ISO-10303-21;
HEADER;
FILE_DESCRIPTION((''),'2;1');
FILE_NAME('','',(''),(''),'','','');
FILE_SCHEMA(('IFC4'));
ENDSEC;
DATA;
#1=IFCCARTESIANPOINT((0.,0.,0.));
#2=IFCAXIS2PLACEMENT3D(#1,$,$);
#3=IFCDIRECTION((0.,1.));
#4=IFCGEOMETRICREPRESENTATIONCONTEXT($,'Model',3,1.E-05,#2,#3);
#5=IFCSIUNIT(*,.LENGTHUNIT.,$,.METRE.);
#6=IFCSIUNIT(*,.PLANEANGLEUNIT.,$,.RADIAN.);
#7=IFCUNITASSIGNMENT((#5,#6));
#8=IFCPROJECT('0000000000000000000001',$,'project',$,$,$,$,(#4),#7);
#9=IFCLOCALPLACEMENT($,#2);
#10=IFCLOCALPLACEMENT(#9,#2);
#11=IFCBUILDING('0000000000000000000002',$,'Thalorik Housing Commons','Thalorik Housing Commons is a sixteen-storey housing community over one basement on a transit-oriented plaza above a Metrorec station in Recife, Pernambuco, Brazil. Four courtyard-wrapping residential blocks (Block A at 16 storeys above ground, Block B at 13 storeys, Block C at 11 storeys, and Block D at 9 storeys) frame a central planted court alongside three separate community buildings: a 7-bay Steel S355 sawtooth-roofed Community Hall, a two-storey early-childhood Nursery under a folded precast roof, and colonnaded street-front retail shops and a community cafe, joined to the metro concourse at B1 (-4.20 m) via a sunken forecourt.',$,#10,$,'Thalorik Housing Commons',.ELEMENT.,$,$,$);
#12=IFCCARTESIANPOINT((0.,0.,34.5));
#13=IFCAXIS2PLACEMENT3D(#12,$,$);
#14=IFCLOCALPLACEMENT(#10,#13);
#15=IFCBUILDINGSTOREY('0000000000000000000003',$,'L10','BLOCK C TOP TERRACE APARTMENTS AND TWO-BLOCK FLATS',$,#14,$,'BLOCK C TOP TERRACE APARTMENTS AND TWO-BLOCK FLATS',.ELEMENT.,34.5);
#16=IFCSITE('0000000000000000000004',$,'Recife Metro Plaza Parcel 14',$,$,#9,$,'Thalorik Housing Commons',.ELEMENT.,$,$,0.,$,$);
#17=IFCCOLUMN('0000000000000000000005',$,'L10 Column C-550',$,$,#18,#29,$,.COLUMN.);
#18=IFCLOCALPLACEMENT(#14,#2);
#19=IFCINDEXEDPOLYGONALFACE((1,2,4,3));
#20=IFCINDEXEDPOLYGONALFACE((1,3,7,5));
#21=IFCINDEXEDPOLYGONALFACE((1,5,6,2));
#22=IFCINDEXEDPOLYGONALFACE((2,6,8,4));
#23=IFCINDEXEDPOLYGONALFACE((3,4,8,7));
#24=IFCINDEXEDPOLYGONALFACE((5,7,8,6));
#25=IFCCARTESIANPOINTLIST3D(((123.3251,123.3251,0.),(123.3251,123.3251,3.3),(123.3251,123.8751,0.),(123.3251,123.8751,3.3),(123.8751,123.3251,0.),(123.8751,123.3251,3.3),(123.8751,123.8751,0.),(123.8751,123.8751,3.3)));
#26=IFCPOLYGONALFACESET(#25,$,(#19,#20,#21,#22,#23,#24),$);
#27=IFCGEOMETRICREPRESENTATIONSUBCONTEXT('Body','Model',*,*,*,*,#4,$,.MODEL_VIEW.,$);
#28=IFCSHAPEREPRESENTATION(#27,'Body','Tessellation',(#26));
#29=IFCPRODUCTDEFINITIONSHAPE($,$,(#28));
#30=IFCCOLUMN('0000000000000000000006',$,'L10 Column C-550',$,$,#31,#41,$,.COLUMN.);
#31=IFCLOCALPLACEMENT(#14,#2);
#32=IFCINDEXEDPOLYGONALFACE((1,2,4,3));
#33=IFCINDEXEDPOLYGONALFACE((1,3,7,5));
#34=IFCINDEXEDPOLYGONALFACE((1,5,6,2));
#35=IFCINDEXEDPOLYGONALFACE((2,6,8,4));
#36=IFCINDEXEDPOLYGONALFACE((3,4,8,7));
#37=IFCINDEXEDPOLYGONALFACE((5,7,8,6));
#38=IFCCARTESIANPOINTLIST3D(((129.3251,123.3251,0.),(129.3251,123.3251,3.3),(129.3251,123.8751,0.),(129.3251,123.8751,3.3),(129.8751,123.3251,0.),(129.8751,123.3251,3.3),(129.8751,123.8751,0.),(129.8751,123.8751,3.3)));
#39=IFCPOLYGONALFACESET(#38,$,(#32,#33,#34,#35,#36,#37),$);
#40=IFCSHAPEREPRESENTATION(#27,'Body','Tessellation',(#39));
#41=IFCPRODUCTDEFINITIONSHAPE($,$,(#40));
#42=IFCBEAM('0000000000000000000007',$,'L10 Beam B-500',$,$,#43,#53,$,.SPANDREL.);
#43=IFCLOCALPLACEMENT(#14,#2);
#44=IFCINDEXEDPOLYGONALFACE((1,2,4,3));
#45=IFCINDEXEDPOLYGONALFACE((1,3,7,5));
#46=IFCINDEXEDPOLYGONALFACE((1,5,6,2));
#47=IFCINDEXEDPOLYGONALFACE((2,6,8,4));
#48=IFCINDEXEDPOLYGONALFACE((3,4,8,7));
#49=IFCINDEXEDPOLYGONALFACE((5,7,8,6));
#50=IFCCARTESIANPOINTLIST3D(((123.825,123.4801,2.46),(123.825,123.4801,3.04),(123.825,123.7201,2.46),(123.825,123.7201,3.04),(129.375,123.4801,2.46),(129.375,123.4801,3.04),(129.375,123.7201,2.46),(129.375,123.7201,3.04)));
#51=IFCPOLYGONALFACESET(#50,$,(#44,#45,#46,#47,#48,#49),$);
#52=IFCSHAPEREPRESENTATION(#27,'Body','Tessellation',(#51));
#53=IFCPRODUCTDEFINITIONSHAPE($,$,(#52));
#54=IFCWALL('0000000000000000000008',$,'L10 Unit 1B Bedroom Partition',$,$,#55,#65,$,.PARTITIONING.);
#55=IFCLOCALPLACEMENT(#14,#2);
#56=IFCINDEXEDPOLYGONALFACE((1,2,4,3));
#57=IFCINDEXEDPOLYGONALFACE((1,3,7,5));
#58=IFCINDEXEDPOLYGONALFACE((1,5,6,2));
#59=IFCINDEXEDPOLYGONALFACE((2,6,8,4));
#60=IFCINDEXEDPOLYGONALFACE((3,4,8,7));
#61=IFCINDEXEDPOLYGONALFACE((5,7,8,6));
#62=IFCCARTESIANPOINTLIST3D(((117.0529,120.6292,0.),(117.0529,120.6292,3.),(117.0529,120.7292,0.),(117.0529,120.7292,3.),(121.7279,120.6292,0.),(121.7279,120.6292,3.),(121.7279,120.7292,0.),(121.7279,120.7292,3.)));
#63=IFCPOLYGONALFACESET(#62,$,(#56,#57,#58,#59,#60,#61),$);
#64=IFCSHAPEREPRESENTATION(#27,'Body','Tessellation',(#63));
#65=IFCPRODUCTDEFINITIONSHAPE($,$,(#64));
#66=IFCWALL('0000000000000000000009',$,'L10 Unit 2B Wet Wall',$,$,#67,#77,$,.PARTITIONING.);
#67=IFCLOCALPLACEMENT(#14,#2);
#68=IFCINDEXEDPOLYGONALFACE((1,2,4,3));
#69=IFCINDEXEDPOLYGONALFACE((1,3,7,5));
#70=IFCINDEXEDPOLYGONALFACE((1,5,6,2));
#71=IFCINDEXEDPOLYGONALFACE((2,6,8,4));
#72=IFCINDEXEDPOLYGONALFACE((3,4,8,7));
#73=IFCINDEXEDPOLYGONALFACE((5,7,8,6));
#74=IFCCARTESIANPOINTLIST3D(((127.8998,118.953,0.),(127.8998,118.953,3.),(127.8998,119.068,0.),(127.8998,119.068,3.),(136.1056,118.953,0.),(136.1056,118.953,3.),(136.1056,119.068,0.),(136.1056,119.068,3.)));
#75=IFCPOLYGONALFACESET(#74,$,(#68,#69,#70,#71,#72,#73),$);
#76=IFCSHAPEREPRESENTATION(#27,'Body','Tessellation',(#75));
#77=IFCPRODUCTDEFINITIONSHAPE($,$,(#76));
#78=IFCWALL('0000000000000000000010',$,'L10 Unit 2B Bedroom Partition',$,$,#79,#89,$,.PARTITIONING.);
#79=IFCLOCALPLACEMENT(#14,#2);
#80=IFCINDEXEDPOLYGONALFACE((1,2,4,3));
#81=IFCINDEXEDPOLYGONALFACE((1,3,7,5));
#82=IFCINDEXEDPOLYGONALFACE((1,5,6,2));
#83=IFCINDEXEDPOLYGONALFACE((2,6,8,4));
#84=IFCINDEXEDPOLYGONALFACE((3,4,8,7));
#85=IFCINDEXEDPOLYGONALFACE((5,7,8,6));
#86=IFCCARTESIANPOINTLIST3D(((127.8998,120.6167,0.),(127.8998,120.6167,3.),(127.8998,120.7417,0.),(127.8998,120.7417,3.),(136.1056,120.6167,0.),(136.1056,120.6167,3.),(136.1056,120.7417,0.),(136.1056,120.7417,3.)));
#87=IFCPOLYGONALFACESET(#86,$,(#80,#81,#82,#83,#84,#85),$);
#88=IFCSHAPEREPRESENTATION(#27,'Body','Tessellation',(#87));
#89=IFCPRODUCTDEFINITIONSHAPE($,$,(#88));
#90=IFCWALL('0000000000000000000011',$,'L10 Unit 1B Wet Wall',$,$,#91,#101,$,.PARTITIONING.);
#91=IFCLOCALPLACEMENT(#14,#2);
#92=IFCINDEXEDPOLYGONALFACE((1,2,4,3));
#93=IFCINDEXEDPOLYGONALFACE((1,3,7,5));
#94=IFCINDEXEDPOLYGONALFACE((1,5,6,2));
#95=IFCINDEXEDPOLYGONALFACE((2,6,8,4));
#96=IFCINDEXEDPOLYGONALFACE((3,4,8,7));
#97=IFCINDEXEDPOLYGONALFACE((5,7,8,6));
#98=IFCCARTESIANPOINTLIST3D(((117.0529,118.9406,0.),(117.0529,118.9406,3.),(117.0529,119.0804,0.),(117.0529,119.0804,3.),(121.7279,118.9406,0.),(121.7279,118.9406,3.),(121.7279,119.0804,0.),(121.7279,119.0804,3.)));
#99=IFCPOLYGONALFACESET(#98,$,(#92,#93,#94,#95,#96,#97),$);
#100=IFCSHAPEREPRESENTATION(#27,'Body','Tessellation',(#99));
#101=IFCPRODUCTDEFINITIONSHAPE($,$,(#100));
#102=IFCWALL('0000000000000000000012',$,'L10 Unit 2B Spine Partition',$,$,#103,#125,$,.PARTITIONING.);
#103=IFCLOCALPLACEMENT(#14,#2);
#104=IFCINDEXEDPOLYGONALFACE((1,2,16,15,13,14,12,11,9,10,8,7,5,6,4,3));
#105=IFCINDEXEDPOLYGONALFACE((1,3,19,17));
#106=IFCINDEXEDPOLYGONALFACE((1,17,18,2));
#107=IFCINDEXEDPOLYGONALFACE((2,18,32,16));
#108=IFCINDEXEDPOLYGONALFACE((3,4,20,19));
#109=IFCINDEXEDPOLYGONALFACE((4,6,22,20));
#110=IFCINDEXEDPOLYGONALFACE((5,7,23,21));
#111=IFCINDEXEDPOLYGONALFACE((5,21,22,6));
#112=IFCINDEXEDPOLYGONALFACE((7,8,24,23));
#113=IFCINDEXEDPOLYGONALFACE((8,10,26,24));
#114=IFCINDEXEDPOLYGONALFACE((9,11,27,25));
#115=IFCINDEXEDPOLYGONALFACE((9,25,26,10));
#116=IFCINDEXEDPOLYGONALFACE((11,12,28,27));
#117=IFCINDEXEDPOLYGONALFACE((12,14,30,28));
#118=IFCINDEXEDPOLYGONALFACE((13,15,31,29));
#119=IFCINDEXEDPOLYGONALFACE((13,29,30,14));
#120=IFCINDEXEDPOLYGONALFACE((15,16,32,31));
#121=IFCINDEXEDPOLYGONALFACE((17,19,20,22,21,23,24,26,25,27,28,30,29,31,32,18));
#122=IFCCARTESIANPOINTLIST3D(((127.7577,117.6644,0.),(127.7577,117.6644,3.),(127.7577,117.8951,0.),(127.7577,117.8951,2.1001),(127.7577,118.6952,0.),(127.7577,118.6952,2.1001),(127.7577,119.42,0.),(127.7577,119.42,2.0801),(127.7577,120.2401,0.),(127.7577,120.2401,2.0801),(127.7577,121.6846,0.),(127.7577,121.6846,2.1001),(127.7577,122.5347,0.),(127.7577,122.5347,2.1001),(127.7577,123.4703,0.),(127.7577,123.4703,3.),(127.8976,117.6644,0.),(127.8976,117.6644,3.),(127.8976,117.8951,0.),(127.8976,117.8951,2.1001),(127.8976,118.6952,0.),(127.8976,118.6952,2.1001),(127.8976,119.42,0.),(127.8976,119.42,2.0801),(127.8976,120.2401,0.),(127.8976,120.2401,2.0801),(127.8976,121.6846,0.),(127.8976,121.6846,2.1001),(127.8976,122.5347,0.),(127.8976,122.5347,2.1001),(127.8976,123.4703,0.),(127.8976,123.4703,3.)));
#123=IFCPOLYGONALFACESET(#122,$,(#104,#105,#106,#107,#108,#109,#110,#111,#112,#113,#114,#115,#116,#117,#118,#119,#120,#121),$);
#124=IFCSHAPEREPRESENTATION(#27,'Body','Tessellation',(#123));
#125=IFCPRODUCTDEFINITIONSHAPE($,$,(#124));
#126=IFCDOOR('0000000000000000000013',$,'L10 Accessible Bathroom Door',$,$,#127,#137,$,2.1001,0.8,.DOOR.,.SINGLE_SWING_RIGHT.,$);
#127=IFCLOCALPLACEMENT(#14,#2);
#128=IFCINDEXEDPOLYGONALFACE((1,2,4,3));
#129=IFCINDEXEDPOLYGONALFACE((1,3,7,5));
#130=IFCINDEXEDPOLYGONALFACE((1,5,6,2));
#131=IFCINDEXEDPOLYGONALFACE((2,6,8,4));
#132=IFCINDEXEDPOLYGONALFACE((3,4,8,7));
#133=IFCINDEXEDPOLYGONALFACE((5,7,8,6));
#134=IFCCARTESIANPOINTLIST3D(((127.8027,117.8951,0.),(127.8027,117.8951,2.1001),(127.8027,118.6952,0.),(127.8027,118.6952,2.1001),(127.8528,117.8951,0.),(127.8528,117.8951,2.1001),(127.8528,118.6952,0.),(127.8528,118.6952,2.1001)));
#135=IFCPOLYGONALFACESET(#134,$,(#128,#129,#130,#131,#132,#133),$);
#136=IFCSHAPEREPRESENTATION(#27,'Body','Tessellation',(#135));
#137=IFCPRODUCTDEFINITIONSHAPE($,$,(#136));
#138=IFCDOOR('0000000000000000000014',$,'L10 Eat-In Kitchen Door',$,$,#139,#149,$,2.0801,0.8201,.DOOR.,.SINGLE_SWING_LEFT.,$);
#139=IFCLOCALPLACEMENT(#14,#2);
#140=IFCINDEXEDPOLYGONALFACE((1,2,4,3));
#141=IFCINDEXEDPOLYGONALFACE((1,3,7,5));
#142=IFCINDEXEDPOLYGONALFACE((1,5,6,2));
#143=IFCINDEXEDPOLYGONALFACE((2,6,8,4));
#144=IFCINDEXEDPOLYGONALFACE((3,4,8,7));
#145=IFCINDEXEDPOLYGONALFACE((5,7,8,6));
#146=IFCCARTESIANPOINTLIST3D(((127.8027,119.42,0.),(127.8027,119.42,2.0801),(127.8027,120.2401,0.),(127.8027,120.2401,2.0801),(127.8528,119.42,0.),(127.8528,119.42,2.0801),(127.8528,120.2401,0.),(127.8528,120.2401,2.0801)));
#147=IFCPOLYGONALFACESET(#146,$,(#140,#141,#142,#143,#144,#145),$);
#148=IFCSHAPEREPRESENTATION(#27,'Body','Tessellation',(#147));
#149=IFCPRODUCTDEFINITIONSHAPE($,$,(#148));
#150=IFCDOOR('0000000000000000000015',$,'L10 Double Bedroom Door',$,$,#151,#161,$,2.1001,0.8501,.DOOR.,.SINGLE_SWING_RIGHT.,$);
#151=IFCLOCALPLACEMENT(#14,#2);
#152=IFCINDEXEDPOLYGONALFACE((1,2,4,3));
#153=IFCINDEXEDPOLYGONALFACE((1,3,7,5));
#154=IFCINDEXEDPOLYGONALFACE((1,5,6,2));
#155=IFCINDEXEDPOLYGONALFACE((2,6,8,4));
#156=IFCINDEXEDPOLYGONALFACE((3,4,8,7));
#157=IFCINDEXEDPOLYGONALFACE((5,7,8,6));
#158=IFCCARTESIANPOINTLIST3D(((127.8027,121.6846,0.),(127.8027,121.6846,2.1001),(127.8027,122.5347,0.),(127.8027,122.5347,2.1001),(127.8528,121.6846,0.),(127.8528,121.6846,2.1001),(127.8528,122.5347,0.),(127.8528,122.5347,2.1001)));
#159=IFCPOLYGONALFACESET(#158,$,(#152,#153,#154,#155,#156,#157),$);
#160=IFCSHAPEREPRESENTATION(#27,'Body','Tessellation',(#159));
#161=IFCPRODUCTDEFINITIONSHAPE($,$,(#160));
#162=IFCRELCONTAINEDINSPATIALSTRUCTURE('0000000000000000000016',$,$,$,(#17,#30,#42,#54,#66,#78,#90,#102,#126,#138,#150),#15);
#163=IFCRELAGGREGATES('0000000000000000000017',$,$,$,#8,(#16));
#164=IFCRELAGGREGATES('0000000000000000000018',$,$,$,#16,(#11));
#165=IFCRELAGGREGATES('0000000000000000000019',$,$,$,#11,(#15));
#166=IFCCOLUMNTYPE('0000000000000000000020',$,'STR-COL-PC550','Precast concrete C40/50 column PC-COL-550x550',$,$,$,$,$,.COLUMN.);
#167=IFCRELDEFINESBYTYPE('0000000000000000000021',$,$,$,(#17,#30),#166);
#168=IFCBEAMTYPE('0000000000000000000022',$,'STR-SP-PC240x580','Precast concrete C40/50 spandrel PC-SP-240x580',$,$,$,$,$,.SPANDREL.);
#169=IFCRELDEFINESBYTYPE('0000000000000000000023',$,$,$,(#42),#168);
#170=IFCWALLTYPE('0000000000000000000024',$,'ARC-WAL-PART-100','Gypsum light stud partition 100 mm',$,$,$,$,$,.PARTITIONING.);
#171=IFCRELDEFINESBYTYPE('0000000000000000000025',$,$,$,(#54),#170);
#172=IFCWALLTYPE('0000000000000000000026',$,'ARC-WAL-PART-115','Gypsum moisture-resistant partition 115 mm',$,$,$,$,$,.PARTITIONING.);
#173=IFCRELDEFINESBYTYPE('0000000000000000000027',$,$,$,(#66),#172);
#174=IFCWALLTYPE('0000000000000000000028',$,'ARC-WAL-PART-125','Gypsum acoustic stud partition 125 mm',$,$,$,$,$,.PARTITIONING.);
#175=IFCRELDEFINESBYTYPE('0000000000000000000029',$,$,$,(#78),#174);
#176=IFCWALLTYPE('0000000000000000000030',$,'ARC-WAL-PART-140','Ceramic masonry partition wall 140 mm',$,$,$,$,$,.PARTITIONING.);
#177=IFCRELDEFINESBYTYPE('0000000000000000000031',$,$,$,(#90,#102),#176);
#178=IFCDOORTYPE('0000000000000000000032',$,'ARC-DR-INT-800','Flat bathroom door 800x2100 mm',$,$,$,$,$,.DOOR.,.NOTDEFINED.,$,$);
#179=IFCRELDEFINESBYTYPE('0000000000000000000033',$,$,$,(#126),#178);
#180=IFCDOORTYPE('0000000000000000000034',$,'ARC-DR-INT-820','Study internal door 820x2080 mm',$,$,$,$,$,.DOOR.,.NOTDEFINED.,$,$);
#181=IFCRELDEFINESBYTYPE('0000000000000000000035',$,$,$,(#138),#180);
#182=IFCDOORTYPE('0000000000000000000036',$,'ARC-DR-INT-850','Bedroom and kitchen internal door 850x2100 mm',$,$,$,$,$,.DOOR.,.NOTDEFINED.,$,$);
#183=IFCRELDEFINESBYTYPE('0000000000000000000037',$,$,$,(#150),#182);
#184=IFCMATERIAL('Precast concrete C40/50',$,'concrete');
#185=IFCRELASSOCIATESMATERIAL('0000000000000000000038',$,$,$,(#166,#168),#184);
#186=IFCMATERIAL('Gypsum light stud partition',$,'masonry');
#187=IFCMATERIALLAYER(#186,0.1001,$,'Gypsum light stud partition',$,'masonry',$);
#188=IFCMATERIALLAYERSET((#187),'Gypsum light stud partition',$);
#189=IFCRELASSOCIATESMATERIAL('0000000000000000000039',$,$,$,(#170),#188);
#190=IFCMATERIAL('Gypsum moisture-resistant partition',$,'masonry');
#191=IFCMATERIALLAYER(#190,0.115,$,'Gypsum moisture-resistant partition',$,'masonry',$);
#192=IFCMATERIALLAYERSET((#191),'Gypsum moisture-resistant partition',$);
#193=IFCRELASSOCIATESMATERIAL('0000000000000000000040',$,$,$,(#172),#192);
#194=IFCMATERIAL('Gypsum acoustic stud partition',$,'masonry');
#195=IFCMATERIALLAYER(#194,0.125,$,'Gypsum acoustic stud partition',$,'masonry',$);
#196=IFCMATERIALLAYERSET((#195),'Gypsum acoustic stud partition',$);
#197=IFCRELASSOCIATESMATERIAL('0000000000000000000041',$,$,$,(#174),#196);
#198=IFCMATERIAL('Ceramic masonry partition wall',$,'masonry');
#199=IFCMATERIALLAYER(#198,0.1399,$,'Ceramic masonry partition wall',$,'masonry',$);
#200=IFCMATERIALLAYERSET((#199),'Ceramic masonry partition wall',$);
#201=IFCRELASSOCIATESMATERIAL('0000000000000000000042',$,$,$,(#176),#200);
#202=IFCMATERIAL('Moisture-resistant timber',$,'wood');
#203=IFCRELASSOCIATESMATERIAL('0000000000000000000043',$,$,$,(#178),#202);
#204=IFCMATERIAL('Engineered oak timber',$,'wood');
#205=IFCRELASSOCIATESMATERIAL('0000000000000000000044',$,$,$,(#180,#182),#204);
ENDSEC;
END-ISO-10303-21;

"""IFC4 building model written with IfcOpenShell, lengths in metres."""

from ifc_helpers import new_model, si_unit, direction, frame, frame_2d, origin, origin_2d, place, context, subcontext, project, spatial, rectangle, extrude, material, layer, layer_set, material_profile, profile_set, type_object, element, fill, save


model = new_model("IFC4")

# Units and contexts
model_context = context("Model", 3, precision=1e-05, world=origin(), true_north=direction((0.0, 1.0)))
body_context = subcontext(model_context, "Body", "Model", "MODEL_VIEW")
ifc_project = project(units=[si_unit("LENGTHUNIT", "METRE"), si_unit("PLANEANGLEUNIT", "RADIAN")], contexts=[model_context])

# Site, building, storey
site_placement = place(None, origin())
site = spatial("IfcSite", under=ifc_project, at=site_placement, Name="Recife Metro Plaza Parcel 14", LongName="Thalorik Housing Commons", CompositionType="ELEMENT", RefElevation=0.0)
building_placement = place(site_placement, origin())
building = spatial("IfcBuilding", under=site, at=building_placement, Name="Thalorik Housing Commons", Description="Thalorik Housing Commons is a sixteen-storey housing community over one basement on a transit-oriented plaza above a Metrorec station in Recife, Pernambuco, Brazil. Four courtyard-wrapping residential blocks (Block A at 16 storeys above ground, Block B at 13 storeys, Block C at 11 storeys, and Block D at 9 storeys) frame a central planted court alongside three separate community buildings: a 7-bay Steel S355 sawtooth-roofed Community Hall, a two-storey early-childhood Nursery under a folded precast roof, and colonnaded street-front retail shops and a community cafe, joined to the metro concourse at B1 (-4.20 m) via a sunken forecourt.", LongName="Thalorik Housing Commons", CompositionType="ELEMENT")
storey_placement = place(building_placement, frame((0.0, 0.0, 34.5)))
storey = spatial("IfcBuildingStorey", under=building, at=storey_placement, Name="L10", Description="BLOCK C TOP TERRACE APARTMENTS AND TWO-BLOCK FLATS", LongName="BLOCK C TOP TERRACE APARTMENTS AND TWO-BLOCK FLATS", CompositionType="ELEMENT", Elevation=34.5)

# Columns
ifc_material_1 = material(Name="Precast concrete C40/50", Category="concrete")
ifc_material_profile_1 = material_profile(ifc_material_1, rectangle(XDim=0.55, YDim=0.55, at=origin_2d()), Name="PC 550x550", Category="concrete")
ifc_profile_set_1 = profile_set([ifc_material_profile_1], Name="Precast concrete C40/50")
column_type = type_object("IfcColumnType", Name="STR-COL-PC550", Description="Precast concrete C40/50 column PC-COL-550x550", PredefinedType="COLUMN", material=ifc_profile_set_1)
for number, where, z_axis, x_axis, name in (
    (1, (123.6001, 123.6001, 0.0), (0.0, 0.0, 1.0), (1.0, 0.0, 0.0), "L10 Column C-550"),
    (2, (129.6001, 123.6001, 0.0), (0.0, 0.0, 1.0), (1.0, 0.0, 0.0), "L10 Column C-550"),
):
    element("IfcColumn", number, at=place(storey_placement, frame(where, z_axis=z_axis, x_axis=x_axis)), inside=storey, type_object=column_type, Name=name, PredefinedType="COLUMN", context=body_context, shape_type="SweptSolid", body=[
        extrude(rectangle(XDim=0.55, YDim=0.55, at=origin_2d()), origin(), (0.0, 0.0, 1.0), 3.3),
    ])

# Beam
ifc_material_profile_2 = material_profile(ifc_material_1, rectangle(XDim=0.24, YDim=0.5801, at=origin_2d()), Name="PC SP 240x580", Category="concrete")
ifc_profile_set_2 = profile_set([ifc_material_profile_2], Name="Precast concrete C40/50")
beam_type = type_object("IfcBeamType", Name="STR-SP-PC240x580", Description="Precast concrete C40/50 spandrel PC-SP-240x580", PredefinedType="SPANDREL", material=ifc_profile_set_2)
beam_placement = place(storey_placement, frame((123.825, 123.6001, 2.75), z_axis=(1.0, 0.0, 0.0), x_axis=(0.0, 1.0, 0.0)))
element("IfcBeam", 3, at=beam_placement, inside=storey, type_object=beam_type, Name="L10 Beam B-500", PredefinedType="SPANDREL", context=body_context, shape_type="SweptSolid", body=[
    extrude(rectangle(XDim=0.24, YDim=0.5801, at=origin_2d()), origin(), (0.0, 0.0, 1.0), 5.55),
])

# Walls
ifc_material_2 = material(Name="Gypsum light stud partition", Category="masonry")
ifc_layer_1 = layer(ifc_material_2, 0.1001, Name="Gypsum light stud partition", Category="masonry")
ifc_layer_set_1 = layer_set([ifc_layer_1], Name="Gypsum light stud partition")
wall_type_1 = type_object("IfcWallType", Name="ARC-WAL-PART-100", Description="Gypsum light stud partition 100 mm", PredefinedType="PARTITIONING", material=ifc_layer_set_1)
wall_1_placement = place(storey_placement, frame((117.053, 120.6792, 0.0), z_axis=(0.0, 0.0, 1.0), x_axis=(1.0, 0.0, 0.0)))
element("IfcWall", 4, at=wall_1_placement, inside=storey, type_object=wall_type_1, Name="L10 Unit 1B Bedroom Partition", PredefinedType="PARTITIONING", context=body_context, shape_type="SweptSolid", body=[
    extrude(rectangle(XDim=4.675, YDim=0.1001, at=frame_2d((2.3374, 0.0))), origin(), (0.0, 0.0, 1.0), 3.0),
])
ifc_material_3 = material(Name="Gypsum moisture-resistant partition", Category="masonry")
ifc_layer_2 = layer(ifc_material_3, 0.115, Name="Gypsum moisture-resistant partition", Category="masonry")
ifc_layer_set_2 = layer_set([ifc_layer_2], Name="Gypsum moisture-resistant partition")
wall_type_2 = type_object("IfcWallType", Name="ARC-WAL-PART-115", Description="Gypsum moisture-resistant partition 115 mm", PredefinedType="PARTITIONING", material=ifc_layer_set_2)
wall_2_placement = place(storey_placement, frame((127.8997, 119.0105, 0.0), z_axis=(0.0, 0.0, 1.0), x_axis=(1.0, 0.0, 0.0)))
element("IfcWall", 5, at=wall_2_placement, inside=storey, type_object=wall_type_2, Name="L10 Unit 2B Wet Wall", PredefinedType="PARTITIONING", context=body_context, shape_type="SweptSolid", body=[
    extrude(rectangle(XDim=8.2058, YDim=0.115, at=frame_2d((4.103, 0.0))), origin(), (0.0, 0.0, 1.0), 3.0),
])
ifc_material_4 = material(Name="Gypsum acoustic stud partition", Category="masonry")
ifc_layer_3 = layer(ifc_material_4, 0.125, Name="Gypsum acoustic stud partition", Category="masonry")
ifc_layer_set_3 = layer_set([ifc_layer_3], Name="Gypsum acoustic stud partition")
wall_type_3 = type_object("IfcWallType", Name="ARC-WAL-PART-125", Description="Gypsum acoustic stud partition 125 mm", PredefinedType="PARTITIONING", material=ifc_layer_set_3)
wall_3_placement = place(storey_placement, frame((127.8997, 120.6792, 0.0), z_axis=(0.0, 0.0, 1.0), x_axis=(1.0, 0.0, 0.0)))
element("IfcWall", 6, at=wall_3_placement, inside=storey, type_object=wall_type_3, Name="L10 Unit 2B Bedroom Partition", PredefinedType="PARTITIONING", context=body_context, shape_type="SweptSolid", body=[
    extrude(rectangle(XDim=8.2058, YDim=0.125, at=frame_2d((4.103, 0.0))), origin(), (0.0, 0.0, 1.0), 3.0),
])
ifc_material_5 = material(Name="Ceramic masonry partition wall", Category="masonry")
ifc_layer_4 = layer(ifc_material_5, 0.1399, Name="Ceramic masonry partition wall", Category="masonry")
ifc_layer_set_4 = layer_set([ifc_layer_4], Name="Ceramic masonry partition wall")
wall_type_4 = type_object("IfcWallType", Name="ARC-WAL-PART-140", Description="Ceramic masonry partition wall 140 mm", PredefinedType="PARTITIONING", material=ifc_layer_set_4)
wall_4_placement = place(storey_placement, frame((117.053, 119.0105, 0.0), z_axis=(0.0, 0.0, 1.0), x_axis=(1.0, 0.0, 0.0)))
element("IfcWall", 7, at=wall_4_placement, inside=storey, type_object=wall_type_4, Name="L10 Unit 1B Wet Wall", PredefinedType="PARTITIONING", context=body_context, shape_type="SweptSolid", body=[
    extrude(rectangle(XDim=4.675, YDim=0.1399, at=frame_2d((2.3374, 0.0))), origin(), (0.0, 0.0, 1.0), 3.0),
])

# Wall, openings, doors
wall_5_placement = place(storey_placement, frame((127.8276, 117.6646, 0.0), z_axis=(0.0, 0.0, 1.0), x_axis=(0.0, 1.0, 0.0)))
wall_5 = element("IfcWall", 8, at=wall_5_placement, inside=storey, type_object=wall_type_4, Name="L10 Unit 2B Spine Partition", PredefinedType="PARTITIONING", context=body_context, shape_type="SweptSolid", body=[
    extrude(rectangle(XDim=5.8059, YDim=0.1399, at=frame_2d((2.9028, 0.0))), origin(), (0.0, 0.0, 1.0), 3.0),
])
opening_1_placement = place(wall_5_placement, frame((0.2307, 0.0, 0.0)))
opening_1 = element("IfcOpeningElement", 9, at=opening_1_placement, cuts=wall_5, PredefinedType="OPENING", context=body_context, shape_type="SweptSolid", body=[
    extrude(rectangle(XDim=0.8, YDim=2.1001, at=frame_2d((0.3999, 1.05))), frame((0.0, 0.0801, 0.0), z_axis=(0.0, -1.0, 0.0), x_axis=(1.0, 0.0, 0.0)), (0.0, 0.0, 1.0), 0.1599),
])
opening_2_placement = place(wall_5_placement, frame((1.7554, 0.0, 0.0)))
opening_2 = element("IfcOpeningElement", 10, at=opening_2_placement, cuts=wall_5, PredefinedType="OPENING", context=body_context, shape_type="SweptSolid", body=[
    extrude(rectangle(XDim=0.8201, YDim=2.0801, at=frame_2d((0.4102, 1.04))), frame((0.0, 0.0801, 0.0), z_axis=(0.0, -1.0, 0.0), x_axis=(1.0, 0.0, 0.0)), (0.0, 0.0, 1.0), 0.1599),
])
opening_3_placement = place(wall_5_placement, frame((4.02, 0.0, 0.0)))
opening_3 = element("IfcOpeningElement", 11, at=opening_3_placement, cuts=wall_5, PredefinedType="OPENING", context=body_context, shape_type="SweptSolid", body=[
    extrude(rectangle(XDim=0.8501, YDim=2.1001, at=frame_2d((0.425, 1.05))), frame((0.0, 0.0801, 0.0), z_axis=(0.0, -1.0, 0.0), x_axis=(1.0, 0.0, 0.0)), (0.0, 0.0, 1.0), 0.1599),
])
ifc_material_6 = material(Name="Moisture-resistant timber", Category="wood")
door_type_1 = type_object("IfcDoorType", Name="ARC-DR-INT-800", Description="Flat bathroom door 800x2100 mm", OperationType="NOTDEFINED", PredefinedType="DOOR", material=ifc_material_6)
door_1_placement = place(opening_1_placement, origin())
door_1 = element("IfcDoor", 12, at=door_1_placement, inside=storey, type_object=door_type_1, Name="L10 Accessible Bathroom Door", OperationType="SINGLE_SWING_RIGHT", OverallHeight=2.1001, OverallWidth=0.8, PredefinedType="DOOR", context=body_context, shape_type="SweptSolid", body=[
    extrude(rectangle(XDim=0.8, YDim=2.1001, at=frame_2d((0.3999, 1.05))), frame((0.0, 0.0249, 0.0), z_axis=(0.0, -1.0, 0.0), x_axis=(1.0, 0.0, 0.0)), (0.0, 0.0, 1.0), 0.05),
])
fill(opening_1, door_1)
ifc_material_7 = material(Name="Engineered oak timber", Category="wood")
door_type_2 = type_object("IfcDoorType", Name="ARC-DR-INT-820", Description="Study internal door 820x2080 mm", OperationType="NOTDEFINED", PredefinedType="DOOR", material=ifc_material_7)
door_2_placement = place(opening_2_placement, origin())
door_2 = element("IfcDoor", 13, at=door_2_placement, inside=storey, type_object=door_type_2, Name="L10 Eat-In Kitchen Door", OperationType="SINGLE_SWING_LEFT", OverallHeight=2.0801, OverallWidth=0.8201, PredefinedType="DOOR", context=body_context, shape_type="SweptSolid", body=[
    extrude(rectangle(XDim=0.8201, YDim=2.0801, at=frame_2d((0.4102, 1.04))), frame((0.0, 0.0249, 0.0), z_axis=(0.0, -1.0, 0.0), x_axis=(1.0, 0.0, 0.0)), (0.0, 0.0, 1.0), 0.05),
])
fill(opening_2, door_2)
door_type_3 = type_object("IfcDoorType", Name="ARC-DR-INT-850", Description="Bedroom and kitchen internal door 850x2100 mm", OperationType="NOTDEFINED", PredefinedType="DOOR", material=ifc_material_7)
door_3_placement = place(opening_3_placement, origin())
door_3 = element("IfcDoor", 14, at=door_3_placement, inside=storey, type_object=door_type_3, Name="L10 Double Bedroom Door", OperationType="SINGLE_SWING_RIGHT", OverallHeight=2.1001, OverallWidth=0.8501, PredefinedType="DOOR", context=body_context, shape_type="SweptSolid", body=[
    extrude(rectangle(XDim=0.8501, YDim=2.1001, at=frame_2d((0.425, 1.05))), frame((0.0, 0.0249, 0.0), z_axis=(0.0, -1.0, 0.0), x_axis=(1.0, 0.0, 0.0)), (0.0, 0.0, 1.0), 0.05),
])
fill(opening_3, door_3)

save(model, "model.ifc")
